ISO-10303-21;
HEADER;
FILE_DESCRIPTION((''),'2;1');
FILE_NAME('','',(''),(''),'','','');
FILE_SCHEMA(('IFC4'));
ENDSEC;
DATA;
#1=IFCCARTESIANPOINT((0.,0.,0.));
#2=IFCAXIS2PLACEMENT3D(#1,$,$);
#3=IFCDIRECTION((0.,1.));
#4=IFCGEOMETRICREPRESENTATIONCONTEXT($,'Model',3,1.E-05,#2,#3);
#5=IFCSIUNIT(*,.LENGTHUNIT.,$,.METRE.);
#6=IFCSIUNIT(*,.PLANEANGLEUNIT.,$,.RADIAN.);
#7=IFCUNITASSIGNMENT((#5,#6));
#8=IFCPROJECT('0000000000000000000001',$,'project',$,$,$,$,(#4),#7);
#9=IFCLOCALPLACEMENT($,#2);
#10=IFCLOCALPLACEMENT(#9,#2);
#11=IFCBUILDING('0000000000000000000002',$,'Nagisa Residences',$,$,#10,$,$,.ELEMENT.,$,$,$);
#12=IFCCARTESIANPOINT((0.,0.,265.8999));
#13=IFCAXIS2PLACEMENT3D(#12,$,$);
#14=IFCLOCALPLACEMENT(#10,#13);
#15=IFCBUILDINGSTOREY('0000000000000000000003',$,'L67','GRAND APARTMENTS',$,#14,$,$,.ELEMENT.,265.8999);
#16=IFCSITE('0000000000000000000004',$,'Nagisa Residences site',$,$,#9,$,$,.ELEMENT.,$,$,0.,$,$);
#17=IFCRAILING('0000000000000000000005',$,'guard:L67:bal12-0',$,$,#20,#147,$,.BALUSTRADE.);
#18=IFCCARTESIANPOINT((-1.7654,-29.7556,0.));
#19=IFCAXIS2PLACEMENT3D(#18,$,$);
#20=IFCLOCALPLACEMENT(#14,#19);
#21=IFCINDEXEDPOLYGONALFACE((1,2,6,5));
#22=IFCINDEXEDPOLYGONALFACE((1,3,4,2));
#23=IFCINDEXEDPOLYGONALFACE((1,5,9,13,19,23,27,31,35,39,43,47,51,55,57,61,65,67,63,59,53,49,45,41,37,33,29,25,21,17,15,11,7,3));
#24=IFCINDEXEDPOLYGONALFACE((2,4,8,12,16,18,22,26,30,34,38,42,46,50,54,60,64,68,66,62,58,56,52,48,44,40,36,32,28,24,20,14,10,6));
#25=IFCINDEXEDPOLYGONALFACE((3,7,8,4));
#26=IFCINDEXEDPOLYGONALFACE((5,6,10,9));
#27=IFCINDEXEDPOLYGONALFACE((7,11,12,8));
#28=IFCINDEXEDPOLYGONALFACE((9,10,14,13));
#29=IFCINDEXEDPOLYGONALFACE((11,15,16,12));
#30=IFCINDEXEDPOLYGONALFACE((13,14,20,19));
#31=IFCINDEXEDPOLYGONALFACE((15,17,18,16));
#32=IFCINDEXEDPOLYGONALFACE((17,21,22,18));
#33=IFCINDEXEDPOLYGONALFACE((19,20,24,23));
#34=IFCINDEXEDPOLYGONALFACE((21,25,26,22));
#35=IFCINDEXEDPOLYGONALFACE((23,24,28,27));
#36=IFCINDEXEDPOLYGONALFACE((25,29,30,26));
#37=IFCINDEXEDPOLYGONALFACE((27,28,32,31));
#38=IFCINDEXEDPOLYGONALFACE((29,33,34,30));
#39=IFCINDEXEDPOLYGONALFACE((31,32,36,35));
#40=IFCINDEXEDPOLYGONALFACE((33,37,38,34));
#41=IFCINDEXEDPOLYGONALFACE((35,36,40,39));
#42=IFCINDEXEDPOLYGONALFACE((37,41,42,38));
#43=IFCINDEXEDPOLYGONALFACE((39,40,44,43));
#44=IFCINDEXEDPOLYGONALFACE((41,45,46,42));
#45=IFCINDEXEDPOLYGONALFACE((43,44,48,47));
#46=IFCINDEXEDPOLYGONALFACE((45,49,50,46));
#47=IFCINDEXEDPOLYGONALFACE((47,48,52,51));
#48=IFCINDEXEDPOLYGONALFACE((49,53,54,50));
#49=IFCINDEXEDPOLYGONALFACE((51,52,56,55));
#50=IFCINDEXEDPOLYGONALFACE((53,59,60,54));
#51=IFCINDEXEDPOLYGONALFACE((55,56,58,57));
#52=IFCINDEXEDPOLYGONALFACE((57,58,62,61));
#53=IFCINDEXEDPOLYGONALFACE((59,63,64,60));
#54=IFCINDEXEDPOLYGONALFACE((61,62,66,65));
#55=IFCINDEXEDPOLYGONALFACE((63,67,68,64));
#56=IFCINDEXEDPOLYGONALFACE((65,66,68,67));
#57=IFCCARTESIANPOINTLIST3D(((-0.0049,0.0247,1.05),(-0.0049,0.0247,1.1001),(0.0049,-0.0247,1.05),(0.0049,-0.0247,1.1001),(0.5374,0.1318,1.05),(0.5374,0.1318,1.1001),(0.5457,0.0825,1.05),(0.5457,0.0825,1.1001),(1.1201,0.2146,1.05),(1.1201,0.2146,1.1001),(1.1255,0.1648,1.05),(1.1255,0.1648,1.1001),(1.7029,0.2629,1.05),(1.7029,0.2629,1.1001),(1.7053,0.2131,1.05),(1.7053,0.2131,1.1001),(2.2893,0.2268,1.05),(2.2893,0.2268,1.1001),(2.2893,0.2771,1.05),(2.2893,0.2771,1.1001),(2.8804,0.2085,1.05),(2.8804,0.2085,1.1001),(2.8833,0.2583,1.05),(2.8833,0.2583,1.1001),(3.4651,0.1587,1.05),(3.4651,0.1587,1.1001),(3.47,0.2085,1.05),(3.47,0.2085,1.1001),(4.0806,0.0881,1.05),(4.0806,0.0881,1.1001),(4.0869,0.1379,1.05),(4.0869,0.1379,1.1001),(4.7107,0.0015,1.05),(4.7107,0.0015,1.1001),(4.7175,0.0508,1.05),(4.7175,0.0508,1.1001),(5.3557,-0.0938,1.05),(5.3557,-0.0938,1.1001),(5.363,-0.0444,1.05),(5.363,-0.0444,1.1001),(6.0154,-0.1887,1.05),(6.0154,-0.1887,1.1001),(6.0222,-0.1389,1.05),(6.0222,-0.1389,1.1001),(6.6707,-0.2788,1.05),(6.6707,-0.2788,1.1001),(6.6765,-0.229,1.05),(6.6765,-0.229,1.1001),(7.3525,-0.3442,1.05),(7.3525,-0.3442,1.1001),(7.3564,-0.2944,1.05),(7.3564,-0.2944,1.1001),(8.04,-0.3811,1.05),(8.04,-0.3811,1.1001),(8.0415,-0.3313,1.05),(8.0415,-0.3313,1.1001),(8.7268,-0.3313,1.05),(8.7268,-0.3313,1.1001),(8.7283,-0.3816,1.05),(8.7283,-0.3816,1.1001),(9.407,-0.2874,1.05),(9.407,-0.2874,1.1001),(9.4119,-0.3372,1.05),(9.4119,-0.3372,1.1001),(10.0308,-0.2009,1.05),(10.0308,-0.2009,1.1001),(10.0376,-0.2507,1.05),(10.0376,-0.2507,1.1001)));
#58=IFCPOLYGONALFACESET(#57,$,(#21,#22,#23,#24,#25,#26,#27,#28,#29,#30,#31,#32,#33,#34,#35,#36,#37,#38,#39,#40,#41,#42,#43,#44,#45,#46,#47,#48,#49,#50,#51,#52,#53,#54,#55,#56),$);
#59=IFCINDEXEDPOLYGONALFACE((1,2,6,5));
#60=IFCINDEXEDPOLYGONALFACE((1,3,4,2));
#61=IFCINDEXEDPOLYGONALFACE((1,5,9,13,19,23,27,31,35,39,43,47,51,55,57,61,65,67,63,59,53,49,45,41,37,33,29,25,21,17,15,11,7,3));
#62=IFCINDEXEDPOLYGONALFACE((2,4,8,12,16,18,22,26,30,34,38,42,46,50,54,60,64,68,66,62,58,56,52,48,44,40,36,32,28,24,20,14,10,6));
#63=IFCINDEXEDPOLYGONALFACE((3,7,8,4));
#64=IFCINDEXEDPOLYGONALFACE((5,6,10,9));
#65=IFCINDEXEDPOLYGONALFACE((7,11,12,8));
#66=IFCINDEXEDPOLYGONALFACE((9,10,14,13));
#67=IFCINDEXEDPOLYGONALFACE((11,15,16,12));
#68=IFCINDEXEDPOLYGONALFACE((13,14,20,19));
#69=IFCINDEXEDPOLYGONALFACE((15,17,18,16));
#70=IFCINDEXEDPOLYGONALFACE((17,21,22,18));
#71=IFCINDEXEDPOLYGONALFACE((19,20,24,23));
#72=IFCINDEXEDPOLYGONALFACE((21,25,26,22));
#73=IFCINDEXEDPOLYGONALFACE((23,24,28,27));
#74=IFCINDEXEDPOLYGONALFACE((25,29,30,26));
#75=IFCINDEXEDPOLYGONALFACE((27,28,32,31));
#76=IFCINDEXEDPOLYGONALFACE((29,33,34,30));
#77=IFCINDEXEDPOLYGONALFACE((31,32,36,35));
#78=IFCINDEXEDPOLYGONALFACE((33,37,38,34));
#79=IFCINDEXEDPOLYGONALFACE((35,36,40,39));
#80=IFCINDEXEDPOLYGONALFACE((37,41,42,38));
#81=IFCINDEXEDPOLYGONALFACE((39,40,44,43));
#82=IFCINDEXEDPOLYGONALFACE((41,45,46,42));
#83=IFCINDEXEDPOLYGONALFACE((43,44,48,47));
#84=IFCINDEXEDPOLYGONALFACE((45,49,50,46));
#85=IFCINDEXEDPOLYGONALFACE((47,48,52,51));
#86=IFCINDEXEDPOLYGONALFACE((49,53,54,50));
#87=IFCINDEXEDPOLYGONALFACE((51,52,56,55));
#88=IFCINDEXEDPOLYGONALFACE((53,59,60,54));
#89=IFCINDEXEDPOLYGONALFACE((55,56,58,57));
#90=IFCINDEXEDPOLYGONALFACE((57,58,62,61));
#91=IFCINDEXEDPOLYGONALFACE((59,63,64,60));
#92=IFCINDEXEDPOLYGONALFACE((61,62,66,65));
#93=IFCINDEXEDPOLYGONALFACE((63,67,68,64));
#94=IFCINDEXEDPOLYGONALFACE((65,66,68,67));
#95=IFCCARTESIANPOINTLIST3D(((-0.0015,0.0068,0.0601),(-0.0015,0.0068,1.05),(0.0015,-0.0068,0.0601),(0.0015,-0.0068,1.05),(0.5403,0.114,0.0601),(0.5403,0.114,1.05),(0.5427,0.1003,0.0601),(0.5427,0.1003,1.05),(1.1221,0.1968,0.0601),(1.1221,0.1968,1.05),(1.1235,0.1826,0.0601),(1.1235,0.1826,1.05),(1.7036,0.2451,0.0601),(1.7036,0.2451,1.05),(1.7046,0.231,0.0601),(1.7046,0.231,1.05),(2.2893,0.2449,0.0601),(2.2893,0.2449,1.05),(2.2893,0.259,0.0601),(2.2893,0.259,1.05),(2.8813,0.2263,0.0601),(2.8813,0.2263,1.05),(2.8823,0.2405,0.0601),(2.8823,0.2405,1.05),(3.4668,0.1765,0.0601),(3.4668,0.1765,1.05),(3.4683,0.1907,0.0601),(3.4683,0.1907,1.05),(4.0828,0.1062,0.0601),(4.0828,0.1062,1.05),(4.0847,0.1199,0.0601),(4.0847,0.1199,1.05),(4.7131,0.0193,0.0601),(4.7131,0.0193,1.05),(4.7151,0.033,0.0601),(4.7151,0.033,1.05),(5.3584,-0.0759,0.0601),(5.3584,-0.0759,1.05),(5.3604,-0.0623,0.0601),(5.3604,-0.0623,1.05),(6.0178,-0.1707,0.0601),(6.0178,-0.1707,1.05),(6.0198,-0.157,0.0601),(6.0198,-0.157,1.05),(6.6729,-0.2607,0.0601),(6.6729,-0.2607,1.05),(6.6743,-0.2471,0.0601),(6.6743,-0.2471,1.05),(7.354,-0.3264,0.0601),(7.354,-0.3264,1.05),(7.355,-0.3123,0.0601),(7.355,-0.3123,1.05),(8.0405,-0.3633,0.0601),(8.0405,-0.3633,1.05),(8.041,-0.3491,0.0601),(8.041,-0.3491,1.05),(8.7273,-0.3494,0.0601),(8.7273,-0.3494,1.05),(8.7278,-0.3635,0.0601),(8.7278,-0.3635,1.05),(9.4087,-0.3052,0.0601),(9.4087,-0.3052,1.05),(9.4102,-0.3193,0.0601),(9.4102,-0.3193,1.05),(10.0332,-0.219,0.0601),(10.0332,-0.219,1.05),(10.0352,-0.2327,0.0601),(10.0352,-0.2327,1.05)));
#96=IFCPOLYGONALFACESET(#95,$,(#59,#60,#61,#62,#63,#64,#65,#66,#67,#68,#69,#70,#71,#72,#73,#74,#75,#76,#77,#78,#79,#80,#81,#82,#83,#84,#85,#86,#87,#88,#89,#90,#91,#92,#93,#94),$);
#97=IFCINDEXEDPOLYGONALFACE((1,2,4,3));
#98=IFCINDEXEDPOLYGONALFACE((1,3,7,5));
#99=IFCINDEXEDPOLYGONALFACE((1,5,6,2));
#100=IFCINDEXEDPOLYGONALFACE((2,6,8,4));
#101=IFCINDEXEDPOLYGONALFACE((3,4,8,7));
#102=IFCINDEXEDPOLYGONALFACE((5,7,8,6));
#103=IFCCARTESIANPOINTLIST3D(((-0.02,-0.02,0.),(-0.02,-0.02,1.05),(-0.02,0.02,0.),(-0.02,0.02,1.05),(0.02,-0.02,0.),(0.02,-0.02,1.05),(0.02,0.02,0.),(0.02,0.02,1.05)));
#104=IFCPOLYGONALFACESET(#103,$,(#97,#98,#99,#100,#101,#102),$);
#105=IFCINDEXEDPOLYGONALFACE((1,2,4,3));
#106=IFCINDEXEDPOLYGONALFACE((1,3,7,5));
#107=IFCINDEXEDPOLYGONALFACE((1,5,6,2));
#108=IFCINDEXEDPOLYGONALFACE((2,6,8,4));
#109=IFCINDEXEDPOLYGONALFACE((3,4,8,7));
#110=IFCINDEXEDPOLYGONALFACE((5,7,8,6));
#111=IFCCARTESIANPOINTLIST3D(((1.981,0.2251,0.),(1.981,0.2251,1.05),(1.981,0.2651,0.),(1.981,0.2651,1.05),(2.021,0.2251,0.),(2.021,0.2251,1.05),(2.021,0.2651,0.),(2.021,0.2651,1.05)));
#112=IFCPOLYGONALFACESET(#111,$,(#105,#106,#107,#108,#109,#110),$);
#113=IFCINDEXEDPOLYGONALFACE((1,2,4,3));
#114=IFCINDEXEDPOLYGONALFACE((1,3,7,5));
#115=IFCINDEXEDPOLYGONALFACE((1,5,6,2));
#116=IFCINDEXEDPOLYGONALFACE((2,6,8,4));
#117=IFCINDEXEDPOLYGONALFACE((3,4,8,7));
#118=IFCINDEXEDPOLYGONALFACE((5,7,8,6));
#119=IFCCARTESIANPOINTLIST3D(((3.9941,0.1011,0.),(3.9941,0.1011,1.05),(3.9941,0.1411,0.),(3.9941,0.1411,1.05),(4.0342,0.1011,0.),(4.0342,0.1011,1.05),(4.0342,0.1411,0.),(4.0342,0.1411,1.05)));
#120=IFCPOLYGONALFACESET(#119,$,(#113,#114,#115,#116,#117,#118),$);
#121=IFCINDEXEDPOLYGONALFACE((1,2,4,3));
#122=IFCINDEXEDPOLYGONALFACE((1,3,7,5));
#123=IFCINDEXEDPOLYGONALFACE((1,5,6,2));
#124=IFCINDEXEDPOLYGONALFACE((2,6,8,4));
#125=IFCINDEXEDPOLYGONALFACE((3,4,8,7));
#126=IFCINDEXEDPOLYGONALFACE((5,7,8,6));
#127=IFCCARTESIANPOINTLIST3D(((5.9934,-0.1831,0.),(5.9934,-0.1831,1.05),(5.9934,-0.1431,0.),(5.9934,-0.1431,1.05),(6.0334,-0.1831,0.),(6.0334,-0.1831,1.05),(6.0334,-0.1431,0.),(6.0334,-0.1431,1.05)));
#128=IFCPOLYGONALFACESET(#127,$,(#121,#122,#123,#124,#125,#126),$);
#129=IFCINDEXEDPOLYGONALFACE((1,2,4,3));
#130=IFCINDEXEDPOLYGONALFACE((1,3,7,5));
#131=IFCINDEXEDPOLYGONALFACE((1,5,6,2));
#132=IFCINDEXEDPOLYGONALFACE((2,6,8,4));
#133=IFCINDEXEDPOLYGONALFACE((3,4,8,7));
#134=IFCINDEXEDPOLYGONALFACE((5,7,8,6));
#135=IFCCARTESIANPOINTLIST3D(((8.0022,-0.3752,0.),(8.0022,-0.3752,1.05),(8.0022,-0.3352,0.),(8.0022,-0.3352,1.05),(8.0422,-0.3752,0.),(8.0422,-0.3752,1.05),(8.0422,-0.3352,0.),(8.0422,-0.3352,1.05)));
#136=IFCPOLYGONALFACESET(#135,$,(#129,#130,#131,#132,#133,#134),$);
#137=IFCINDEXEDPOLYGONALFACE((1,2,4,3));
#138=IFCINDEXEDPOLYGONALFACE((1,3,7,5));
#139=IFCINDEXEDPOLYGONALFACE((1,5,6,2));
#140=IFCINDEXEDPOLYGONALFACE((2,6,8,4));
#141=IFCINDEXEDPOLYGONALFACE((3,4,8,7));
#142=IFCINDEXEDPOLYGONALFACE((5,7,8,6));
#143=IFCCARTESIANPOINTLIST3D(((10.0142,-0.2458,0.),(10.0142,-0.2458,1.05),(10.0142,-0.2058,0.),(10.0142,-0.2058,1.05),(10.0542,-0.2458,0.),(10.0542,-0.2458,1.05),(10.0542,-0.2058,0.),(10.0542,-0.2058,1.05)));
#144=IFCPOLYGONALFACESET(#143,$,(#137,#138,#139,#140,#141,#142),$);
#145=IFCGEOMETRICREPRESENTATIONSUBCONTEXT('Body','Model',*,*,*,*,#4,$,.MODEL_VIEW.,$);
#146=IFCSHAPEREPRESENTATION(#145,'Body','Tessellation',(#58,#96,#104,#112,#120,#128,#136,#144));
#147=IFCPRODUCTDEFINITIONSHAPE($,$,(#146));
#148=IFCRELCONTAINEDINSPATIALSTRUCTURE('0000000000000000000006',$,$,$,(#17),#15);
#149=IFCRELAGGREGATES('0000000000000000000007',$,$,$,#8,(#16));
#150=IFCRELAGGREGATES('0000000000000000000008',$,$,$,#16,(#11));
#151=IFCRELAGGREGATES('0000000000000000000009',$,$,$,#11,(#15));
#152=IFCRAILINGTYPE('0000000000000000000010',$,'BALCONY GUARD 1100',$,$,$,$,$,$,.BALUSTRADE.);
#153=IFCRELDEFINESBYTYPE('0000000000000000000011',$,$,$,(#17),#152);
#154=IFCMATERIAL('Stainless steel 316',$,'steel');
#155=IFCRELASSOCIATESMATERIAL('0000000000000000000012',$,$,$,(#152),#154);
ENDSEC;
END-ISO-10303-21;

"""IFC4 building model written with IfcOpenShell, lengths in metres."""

from ifc_helpers import new_model, si_unit, direction, frame, origin, origin_2d, place, context, subcontext, project, spatial, polyline, rectangle, outline, extrude, material, type_object, element, save


model = new_model("IFC4")

# Units and contexts
model_context = context("Model", 3, precision=1e-05, world=origin(), true_north=direction((0.0, 1.0)))
body_context = subcontext(model_context, "Body", "Model", "MODEL_VIEW")
ifc_project = project(units=[si_unit("LENGTHUNIT", "METRE"), si_unit("PLANEANGLEUNIT", "RADIAN")], contexts=[model_context])

# Site, building, storey
site_placement = place(None, origin())
site = spatial("IfcSite", under=ifc_project, at=site_placement, Name="Nagisa Residences site", CompositionType="ELEMENT", RefElevation=0.0)
building_placement = place(site_placement, origin())
building = spatial("IfcBuilding", under=site, at=building_placement, Name="Nagisa Residences", CompositionType="ELEMENT")
storey_placement = place(building_placement, frame((0.0, 0.0, 265.8999)))
storey = spatial("IfcBuildingStorey", under=building, at=storey_placement, Name="L67", Description="GRAND APARTMENTS", CompositionType="ELEMENT", Elevation=265.8999)

# Railing
ifc_material_1 = material(Name="Stainless steel 316", Category="steel")
railing_type = type_object("IfcRailingType", Name="BALCONY GUARD 1100", PredefinedType="BALUSTRADE", material=ifc_material_1)
railing_placement = place(storey_placement, frame((-1.7654, -29.7556, 0.0)))
element("IfcRailing", 1, at=railing_placement, inside=storey, type_object=railing_type, Name="guard:L67:bal12-0", PredefinedType="BALUSTRADE", context=body_context, shape_type="SweptSolid", body=[
    extrude(outline(polyline([(0.5374, 0.1318), (-0.0049, 0.0247), (0.0049, -0.0247), (0.5457, 0.0825), (1.1255, 0.1648), (1.7053, 0.2131), (2.2893, 0.2268), (2.8804, 0.2085), (3.4651, 0.1587), (4.0806, 0.0881), (4.7107, 0.0015), (5.3557, -0.0938), (6.0154, -0.1887), (6.6707, -0.2788), (7.3525, -0.3442), (8.04, -0.3811), (8.7283, -0.3816), (9.4119, -0.3372), (10.0376, -0.2507), (10.0308, -0.2009), (9.407, -0.2874), (8.7268, -0.3313), (8.0415, -0.3313), (7.3564, -0.2944), (6.6765, -0.229), (6.0222, -0.1389), (5.363, -0.0444), (4.7175, 0.0508), (4.0869, 0.1379), (3.47, 0.2085), (2.8833, 0.2583), (2.2893, 0.2771), (1.7029, 0.2629), (1.1201, 0.2146), (0.5374, 0.1318)])), frame((0.0, 0.0, 1.05)), (0.0, 0.0, 1.0), 0.05),
    extrude(outline(polyline([(0.5403, 0.114), (-0.0015, 0.0068), (0.0015, -0.0068), (0.5427, 0.1003), (1.1235, 0.1826), (1.7046, 0.231), (2.2893, 0.2449), (2.8813, 0.2263), (3.4668, 0.1765), (4.0828, 0.1062), (4.7131, 0.0193), (5.3584, -0.0759), (6.0178, -0.1707), (6.6729, -0.2607), (7.354, -0.3264), (8.0405, -0.3633), (8.7278, -0.3635), (9.4102, -0.3193), (10.0352, -0.2327), (10.0332, -0.219), (9.4087, -0.3052), (8.7273, -0.3494), (8.041, -0.3491), (7.355, -0.3123), (6.6743, -0.2471), (6.0198, -0.157), (5.3604, -0.0623), (4.7151, 0.033), (4.0847, 0.1199), (3.4683, 0.1907), (2.8823, 0.2405), (2.2893, 0.259), (1.7036, 0.2451), (1.1221, 0.1968), (0.5403, 0.114)])), frame((0.0, 0.0, 0.0601)), (0.0, 0.0, 1.0), 0.99),
    extrude(rectangle(XDim=0.04, YDim=0.04, at=origin_2d()), origin(), (0.0, 0.0, 1.0), 1.05),
    extrude(rectangle(XDim=0.04, YDim=0.04, at=origin_2d()), frame((2.001, 0.2451, 0.0)), (0.0, 0.0, 1.0), 1.05),
    extrude(rectangle(XDim=0.04, YDim=0.04, at=origin_2d()), frame((4.0142, 0.1211, 0.0)), (0.0, 0.0, 1.0), 1.05),
    extrude(rectangle(XDim=0.04, YDim=0.04, at=origin_2d()), frame((6.0134, -0.1631, 0.0)), (0.0, 0.0, 1.0), 1.05),
    extrude(rectangle(XDim=0.04, YDim=0.04, at=origin_2d()), frame((8.0222, -0.3552, 0.0)), (0.0, 0.0, 1.0), 1.05),
    extrude(rectangle(XDim=0.04, YDim=0.04, at=origin_2d()), frame((10.0342, -0.2258, 0.0)), (0.0, 0.0, 1.0), 1.05),
])

save(model, "model.ifc")
